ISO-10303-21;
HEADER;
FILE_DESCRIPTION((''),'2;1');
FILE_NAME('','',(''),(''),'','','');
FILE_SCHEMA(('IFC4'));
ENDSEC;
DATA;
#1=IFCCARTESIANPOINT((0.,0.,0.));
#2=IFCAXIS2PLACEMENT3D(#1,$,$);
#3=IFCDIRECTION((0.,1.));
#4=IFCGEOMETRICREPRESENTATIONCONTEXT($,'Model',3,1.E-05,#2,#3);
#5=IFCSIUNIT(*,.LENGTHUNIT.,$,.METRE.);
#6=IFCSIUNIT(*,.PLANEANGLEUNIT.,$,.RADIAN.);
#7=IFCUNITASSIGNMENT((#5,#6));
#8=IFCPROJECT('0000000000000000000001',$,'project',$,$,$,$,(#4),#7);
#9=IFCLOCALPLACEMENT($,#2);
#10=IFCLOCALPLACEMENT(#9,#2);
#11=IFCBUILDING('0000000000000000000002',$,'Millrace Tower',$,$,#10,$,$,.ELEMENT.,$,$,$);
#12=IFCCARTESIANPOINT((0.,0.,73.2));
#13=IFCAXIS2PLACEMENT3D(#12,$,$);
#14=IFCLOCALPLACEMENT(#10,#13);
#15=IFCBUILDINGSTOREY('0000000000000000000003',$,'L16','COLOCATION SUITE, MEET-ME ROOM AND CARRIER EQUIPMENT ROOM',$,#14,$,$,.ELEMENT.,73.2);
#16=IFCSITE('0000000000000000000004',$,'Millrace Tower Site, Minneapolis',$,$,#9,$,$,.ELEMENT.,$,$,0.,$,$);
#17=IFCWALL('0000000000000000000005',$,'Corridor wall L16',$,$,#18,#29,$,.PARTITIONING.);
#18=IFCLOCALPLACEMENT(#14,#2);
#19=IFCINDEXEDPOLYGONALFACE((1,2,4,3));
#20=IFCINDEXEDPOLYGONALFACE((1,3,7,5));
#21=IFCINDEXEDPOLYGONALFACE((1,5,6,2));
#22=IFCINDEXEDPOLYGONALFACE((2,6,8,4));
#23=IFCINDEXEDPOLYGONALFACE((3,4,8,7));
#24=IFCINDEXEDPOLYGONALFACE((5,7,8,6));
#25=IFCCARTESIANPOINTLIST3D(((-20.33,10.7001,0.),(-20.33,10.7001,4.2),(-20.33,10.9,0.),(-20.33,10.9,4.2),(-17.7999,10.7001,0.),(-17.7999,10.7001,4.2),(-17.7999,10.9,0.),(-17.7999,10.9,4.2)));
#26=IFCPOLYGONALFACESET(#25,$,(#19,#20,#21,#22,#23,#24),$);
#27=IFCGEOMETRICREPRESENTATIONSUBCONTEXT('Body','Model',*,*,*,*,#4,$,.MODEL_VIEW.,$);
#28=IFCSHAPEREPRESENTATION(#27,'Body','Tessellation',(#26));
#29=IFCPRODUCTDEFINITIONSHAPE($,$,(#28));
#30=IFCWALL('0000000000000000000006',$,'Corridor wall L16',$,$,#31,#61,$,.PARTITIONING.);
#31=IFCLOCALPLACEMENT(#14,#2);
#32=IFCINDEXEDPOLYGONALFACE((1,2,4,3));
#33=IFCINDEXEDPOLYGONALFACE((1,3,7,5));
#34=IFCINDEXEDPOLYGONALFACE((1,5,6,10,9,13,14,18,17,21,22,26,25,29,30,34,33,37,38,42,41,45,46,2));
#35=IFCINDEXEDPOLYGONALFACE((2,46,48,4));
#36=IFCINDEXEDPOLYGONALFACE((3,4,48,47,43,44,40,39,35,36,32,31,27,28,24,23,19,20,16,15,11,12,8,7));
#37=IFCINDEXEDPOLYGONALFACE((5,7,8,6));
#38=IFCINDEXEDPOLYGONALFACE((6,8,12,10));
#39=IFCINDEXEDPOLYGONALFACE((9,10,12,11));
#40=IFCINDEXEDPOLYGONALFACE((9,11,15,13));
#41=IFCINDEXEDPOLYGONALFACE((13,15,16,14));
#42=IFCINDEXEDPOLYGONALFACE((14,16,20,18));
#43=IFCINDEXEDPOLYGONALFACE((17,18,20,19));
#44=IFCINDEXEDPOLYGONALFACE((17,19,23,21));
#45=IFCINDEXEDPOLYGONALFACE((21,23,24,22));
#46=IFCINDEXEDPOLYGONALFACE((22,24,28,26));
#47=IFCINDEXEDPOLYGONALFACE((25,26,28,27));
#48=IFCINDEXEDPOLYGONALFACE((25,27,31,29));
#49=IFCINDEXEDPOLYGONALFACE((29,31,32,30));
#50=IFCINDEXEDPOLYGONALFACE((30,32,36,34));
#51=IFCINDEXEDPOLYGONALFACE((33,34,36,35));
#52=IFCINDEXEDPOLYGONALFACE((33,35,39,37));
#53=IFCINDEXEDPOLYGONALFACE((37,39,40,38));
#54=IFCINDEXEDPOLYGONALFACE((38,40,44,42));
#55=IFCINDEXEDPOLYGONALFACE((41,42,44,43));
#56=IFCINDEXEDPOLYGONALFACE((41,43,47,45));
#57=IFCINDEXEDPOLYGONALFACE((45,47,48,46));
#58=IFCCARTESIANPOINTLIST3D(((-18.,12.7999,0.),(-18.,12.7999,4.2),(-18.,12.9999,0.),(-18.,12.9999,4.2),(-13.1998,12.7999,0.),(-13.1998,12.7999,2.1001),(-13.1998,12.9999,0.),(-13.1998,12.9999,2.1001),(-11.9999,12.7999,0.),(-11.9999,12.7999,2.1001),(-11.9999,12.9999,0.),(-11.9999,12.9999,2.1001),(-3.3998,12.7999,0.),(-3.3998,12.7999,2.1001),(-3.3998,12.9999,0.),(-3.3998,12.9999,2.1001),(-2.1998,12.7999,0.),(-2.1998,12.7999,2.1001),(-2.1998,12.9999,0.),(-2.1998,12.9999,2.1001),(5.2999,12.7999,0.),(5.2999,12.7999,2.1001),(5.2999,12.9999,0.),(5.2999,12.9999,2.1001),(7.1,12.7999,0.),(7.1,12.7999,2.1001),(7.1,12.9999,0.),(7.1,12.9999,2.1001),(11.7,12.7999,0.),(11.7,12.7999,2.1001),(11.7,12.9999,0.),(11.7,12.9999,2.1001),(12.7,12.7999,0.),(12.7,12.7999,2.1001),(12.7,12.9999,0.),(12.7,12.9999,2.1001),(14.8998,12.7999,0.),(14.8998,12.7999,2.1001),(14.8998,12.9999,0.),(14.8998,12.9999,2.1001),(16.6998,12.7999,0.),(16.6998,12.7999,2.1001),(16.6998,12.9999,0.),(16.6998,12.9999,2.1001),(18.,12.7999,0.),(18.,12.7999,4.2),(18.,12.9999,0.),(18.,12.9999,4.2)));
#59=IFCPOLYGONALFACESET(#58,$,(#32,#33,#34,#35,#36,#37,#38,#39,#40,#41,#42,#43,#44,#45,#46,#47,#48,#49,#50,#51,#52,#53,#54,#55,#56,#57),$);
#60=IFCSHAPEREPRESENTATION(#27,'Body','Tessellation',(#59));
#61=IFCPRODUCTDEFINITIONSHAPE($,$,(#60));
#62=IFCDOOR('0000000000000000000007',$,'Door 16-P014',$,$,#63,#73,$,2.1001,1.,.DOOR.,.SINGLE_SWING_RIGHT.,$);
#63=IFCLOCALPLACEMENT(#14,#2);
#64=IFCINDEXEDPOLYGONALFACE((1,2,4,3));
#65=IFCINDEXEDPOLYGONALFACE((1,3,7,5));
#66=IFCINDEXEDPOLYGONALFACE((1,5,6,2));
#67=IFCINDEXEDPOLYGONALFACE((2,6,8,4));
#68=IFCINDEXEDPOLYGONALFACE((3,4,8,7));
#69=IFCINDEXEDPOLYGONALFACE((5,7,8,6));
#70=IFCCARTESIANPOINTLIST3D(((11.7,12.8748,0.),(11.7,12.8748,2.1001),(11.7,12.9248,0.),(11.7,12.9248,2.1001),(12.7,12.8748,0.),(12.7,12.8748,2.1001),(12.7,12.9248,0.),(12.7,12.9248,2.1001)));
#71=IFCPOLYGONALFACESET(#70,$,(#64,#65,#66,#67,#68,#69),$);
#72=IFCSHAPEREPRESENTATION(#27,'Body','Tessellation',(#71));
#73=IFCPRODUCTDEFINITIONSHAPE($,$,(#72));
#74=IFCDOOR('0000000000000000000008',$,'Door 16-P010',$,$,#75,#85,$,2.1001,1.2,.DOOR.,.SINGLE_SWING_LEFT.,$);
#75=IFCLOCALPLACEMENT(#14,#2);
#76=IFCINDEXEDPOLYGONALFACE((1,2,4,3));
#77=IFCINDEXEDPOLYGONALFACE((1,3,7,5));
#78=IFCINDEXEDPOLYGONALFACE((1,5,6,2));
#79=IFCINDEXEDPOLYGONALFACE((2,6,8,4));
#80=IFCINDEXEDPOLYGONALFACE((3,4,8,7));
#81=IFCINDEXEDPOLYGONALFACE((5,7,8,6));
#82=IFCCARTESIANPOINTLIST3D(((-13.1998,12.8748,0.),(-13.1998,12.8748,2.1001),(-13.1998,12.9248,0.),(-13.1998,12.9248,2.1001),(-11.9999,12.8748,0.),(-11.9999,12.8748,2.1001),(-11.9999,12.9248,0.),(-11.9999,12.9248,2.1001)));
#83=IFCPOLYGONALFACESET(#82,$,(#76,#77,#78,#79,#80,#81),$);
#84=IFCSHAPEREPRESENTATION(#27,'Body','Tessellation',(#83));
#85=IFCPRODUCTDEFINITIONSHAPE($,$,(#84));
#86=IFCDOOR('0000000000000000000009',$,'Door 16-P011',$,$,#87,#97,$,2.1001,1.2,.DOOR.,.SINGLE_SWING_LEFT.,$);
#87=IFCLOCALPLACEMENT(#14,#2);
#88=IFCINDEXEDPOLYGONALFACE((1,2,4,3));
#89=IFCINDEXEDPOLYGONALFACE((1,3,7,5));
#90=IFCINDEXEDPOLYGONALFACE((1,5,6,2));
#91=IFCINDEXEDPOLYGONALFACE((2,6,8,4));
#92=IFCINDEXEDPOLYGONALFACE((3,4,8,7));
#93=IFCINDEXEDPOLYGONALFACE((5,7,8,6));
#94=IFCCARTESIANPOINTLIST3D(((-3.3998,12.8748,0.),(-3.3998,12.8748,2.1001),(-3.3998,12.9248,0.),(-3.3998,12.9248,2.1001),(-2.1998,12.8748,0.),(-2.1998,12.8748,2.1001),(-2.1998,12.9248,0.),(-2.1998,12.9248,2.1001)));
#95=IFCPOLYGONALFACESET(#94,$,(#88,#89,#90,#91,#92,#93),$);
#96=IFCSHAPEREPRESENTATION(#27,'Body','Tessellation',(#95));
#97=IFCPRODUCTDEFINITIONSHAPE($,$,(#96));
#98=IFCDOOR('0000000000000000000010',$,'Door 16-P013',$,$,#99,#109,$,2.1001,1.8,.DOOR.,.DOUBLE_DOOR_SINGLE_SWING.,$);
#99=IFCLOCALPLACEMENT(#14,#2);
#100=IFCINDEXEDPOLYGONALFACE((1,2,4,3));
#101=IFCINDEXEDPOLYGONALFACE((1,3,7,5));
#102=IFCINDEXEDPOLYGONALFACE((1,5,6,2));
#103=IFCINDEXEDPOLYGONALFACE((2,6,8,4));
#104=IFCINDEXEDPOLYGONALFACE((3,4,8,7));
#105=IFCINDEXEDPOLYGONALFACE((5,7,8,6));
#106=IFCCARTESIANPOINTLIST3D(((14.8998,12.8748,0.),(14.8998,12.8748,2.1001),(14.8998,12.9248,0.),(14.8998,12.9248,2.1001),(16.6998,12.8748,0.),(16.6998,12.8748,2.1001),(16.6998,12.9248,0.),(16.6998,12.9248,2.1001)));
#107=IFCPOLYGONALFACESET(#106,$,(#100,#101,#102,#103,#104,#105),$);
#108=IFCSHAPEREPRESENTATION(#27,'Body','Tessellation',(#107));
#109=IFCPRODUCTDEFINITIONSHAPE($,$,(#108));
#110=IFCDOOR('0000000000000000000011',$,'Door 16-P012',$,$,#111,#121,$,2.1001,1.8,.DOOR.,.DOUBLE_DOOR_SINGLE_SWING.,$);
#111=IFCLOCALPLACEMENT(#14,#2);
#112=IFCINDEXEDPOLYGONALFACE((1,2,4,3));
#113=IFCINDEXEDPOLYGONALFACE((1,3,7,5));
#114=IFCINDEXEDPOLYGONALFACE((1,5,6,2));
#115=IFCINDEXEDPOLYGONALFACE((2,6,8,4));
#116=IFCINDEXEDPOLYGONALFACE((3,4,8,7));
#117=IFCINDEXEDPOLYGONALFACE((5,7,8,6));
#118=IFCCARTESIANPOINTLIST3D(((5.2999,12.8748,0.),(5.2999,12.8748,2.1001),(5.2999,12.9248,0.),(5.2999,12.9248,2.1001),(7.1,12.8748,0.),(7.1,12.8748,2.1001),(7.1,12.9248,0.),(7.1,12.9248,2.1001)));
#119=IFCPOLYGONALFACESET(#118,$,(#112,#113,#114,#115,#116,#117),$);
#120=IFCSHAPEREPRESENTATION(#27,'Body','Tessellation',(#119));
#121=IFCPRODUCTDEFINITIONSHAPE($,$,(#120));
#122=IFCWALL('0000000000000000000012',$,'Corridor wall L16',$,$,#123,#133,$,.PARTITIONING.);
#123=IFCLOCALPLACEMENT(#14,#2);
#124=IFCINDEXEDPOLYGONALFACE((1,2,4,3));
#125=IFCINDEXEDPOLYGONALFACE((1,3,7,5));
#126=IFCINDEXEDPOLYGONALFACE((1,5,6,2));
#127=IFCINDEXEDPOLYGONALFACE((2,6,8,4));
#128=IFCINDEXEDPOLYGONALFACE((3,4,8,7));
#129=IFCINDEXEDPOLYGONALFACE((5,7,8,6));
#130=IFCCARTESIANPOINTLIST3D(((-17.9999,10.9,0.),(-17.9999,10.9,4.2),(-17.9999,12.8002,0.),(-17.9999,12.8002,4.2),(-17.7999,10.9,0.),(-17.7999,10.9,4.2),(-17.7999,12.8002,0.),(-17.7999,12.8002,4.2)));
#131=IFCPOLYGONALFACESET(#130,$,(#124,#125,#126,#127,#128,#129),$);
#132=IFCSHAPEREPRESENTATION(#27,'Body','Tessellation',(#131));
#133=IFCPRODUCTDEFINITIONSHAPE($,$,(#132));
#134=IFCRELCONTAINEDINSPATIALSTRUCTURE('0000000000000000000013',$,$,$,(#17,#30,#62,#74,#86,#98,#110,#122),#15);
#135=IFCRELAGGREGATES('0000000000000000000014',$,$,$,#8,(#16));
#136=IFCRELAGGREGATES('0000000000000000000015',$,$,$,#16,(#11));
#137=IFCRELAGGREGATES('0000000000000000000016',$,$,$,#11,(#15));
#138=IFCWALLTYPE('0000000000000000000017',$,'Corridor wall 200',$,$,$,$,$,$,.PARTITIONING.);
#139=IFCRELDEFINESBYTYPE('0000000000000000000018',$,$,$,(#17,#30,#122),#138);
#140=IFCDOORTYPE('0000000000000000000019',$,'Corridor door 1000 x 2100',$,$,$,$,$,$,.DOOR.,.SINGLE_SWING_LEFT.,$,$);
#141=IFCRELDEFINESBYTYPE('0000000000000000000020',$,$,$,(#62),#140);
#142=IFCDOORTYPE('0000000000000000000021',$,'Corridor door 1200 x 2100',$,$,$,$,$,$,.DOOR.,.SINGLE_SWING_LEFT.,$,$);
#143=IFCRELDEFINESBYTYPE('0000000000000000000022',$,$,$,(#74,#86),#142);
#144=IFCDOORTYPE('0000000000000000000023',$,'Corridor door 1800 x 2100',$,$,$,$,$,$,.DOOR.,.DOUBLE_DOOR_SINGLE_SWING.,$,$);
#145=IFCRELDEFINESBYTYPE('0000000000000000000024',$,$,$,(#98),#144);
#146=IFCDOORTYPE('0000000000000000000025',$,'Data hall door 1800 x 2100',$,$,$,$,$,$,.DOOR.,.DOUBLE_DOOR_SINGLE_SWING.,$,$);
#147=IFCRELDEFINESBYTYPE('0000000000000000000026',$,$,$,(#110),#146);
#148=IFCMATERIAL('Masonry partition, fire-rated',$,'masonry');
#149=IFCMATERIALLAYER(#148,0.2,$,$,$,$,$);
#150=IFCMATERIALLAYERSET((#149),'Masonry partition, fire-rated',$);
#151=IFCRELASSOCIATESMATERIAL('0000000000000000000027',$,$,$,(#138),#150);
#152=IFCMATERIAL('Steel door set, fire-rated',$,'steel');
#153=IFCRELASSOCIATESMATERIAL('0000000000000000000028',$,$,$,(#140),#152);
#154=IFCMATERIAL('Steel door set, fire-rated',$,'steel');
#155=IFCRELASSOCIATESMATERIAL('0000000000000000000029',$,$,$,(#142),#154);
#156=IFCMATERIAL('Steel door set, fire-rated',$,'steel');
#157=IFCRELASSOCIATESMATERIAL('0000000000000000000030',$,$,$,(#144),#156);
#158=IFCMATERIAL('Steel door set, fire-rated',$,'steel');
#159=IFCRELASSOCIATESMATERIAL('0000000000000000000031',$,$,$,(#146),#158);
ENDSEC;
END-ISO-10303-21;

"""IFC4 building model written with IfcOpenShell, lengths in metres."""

from ifc_helpers import new_model, si_unit, direction, frame, frame_2d, origin, place, context, subcontext, project, spatial, rectangle, extrude, material, layer, layer_set, type_object, element, fill, save


model = new_model("IFC4")

# Units and contexts
model_context = context("Model", 3, precision=1e-05, world=origin(), true_north=direction((0.0, 1.0)))
body_context = subcontext(model_context, "Body", "Model", "MODEL_VIEW")
ifc_project = project(units=[si_unit("LENGTHUNIT", "METRE"), si_unit("PLANEANGLEUNIT", "RADIAN")], contexts=[model_context])

# Site, building, storey
site_placement = place(None, origin())
site = spatial("IfcSite", under=ifc_project, at=site_placement, Name="Millrace Tower Site, Minneapolis", CompositionType="ELEMENT", RefElevation=0.0)
building_placement = place(site_placement, origin())
building = spatial("IfcBuilding", under=site, at=building_placement, Name="Millrace Tower", CompositionType="ELEMENT")
storey_placement = place(building_placement, frame((0.0, 0.0, 73.2)))
storey = spatial("IfcBuildingStorey", under=building, at=storey_placement, Name="L16", Description="COLOCATION SUITE, MEET-ME ROOM AND CARRIER EQUIPMENT ROOM", CompositionType="ELEMENT", Elevation=73.2)

# Wall
ifc_material_1 = material(Name="Masonry partition, fire-rated", Category="masonry")
ifc_layer_1 = layer(ifc_material_1, 0.2)
ifc_layer_set_1 = layer_set([ifc_layer_1], Name="Masonry partition, fire-rated")
wall_type = type_object("IfcWallType", Name="Corridor wall 200", PredefinedType="PARTITIONING", material=ifc_layer_set_1)
wall_1_placement = place(storey_placement, frame((-20.3301, 10.8, 0.0), z_axis=(0.0, 0.0, 1.0), x_axis=(1.0, 0.0, 0.0)))
element("IfcWall", 1, at=wall_1_placement, inside=storey, type_object=wall_type, Name="Corridor wall L16", PredefinedType="PARTITIONING", context=body_context, shape_type="SweptSolid", body=[
    extrude(rectangle(XDim=2.53, YDim=0.2, at=frame_2d((1.2651, 0.0))), origin(), (0.0, 0.0, 1.0), 4.2),
])

# Wall, openings, doors
wall_2_placement = place(storey_placement, frame((-18.0, 12.8999, 0.0), z_axis=(0.0, 0.0, 1.0), x_axis=(1.0, 0.0, 0.0)))
wall_2 = element("IfcWall", 2, at=wall_2_placement, inside=storey, type_object=wall_type, Name="Corridor wall L16", PredefinedType="PARTITIONING", context=body_context, shape_type="SweptSolid", body=[
    extrude(rectangle(XDim=36.0, YDim=0.2, at=frame_2d((18.0, 0.0))), origin(), (0.0, 0.0, 1.0), 4.2),
])
opening_1_placement = place(wall_2_placement, frame((4.8, 0.0, 0.0)))
opening_1 = element("IfcOpeningElement", 3, at=opening_1_placement, cuts=wall_2, PredefinedType="OPENING", context=body_context, shape_type="SweptSolid", body=[
    extrude(rectangle(XDim=1.2, YDim=2.1001, at=frame_2d((0.6001, 1.05))), frame((0.0, 0.1099, 0.0), z_axis=(0.0, -1.0, 0.0), x_axis=(1.0, 0.0, 0.0)), (0.0, 0.0, 1.0), 0.22),
])
opening_2_placement = place(wall_2_placement, frame((14.6001, 0.0, 0.0)))
opening_2 = element("IfcOpeningElement", 4, at=opening_2_placement, cuts=wall_2, PredefinedType="OPENING", context=body_context, shape_type="SweptSolid", body=[
    extrude(rectangle(XDim=1.2, YDim=2.1001, at=frame_2d((0.6001, 1.05))), frame((0.0, 0.1099, 0.0), z_axis=(0.0, -1.0, 0.0), x_axis=(1.0, 0.0, 0.0)), (0.0, 0.0, 1.0), 0.22),
])
opening_3_placement = place(wall_2_placement, frame((23.3, 0.0, 0.0)))
opening_3 = element("IfcOpeningElement", 5, at=opening_3_placement, cuts=wall_2, PredefinedType="OPENING", context=body_context, shape_type="SweptSolid", body=[
    extrude(rectangle(XDim=1.8, YDim=2.1001, at=frame_2d((0.8999, 1.05))), frame((0.0, 0.1099, 0.0), z_axis=(0.0, -1.0, 0.0), x_axis=(1.0, 0.0, 0.0)), (0.0, 0.0, 1.0), 0.22),
])
opening_4_placement = place(wall_2_placement, frame((32.8999, 0.0, 0.0)))
opening_4 = element("IfcOpeningElement", 6, at=opening_4_placement, cuts=wall_2, PredefinedType="OPENING", context=body_context, shape_type="SweptSolid", body=[
    extrude(rectangle(XDim=1.8, YDim=2.1001, at=frame_2d((0.8999, 1.05))), frame((0.0, 0.1099, 0.0), z_axis=(0.0, -1.0, 0.0), x_axis=(1.0, 0.0, 0.0)), (0.0, 0.0, 1.0), 0.22),
])
opening_5_placement = place(wall_2_placement, frame((29.7, 0.0, 0.0)))
opening_5 = element("IfcOpeningElement", 7, at=opening_5_placement, cuts=wall_2, PredefinedType="OPENING", context=body_context, shape_type="SweptSolid", body=[
    extrude(rectangle(XDim=1.0, YDim=2.1001, at=frame_2d((0.5, 1.05))), frame((0.0, 0.1099, 0.0), z_axis=(0.0, -1.0, 0.0), x_axis=(1.0, 0.0, 0.0)), (0.0, 0.0, 1.0), 0.22),
])
ifc_material_2 = material(Name="Steel door set, fire-rated", Category="steel")
door_type_1 = type_object("IfcDoorType", Name="Corridor door 1000 x 2100", OperationType="SINGLE_SWING_LEFT", PredefinedType="DOOR", material=ifc_material_2)
door_1_placement = place(opening_5_placement, origin())
door_1 = element("IfcDoor", 8, at=door_1_placement, inside=storey, type_object=door_type_1, Name="Door 16-P014", OperationType="SINGLE_SWING_RIGHT", OverallHeight=2.1001, OverallWidth=1.0, PredefinedType="DOOR", context=body_context, shape_type="SweptSolid", body=[
    extrude(rectangle(XDim=1.0, YDim=2.1001, at=frame_2d((0.5, 1.05))), frame((0.0, 0.0249, 0.0), z_axis=(0.0, -1.0, 0.0), x_axis=(1.0, 0.0, 0.0)), (0.0, 0.0, 1.0), 0.05),
])
fill(opening_5, door_1)
ifc_material_3 = material(Name="Steel door set, fire-rated", Category="steel")
door_type_2 = type_object("IfcDoorType", Name="Corridor door 1200 x 2100", OperationType="SINGLE_SWING_LEFT", PredefinedType="DOOR", material=ifc_material_3)
door_2_placement = place(opening_1_placement, origin())
door_2 = element("IfcDoor", 9, at=door_2_placement, inside=storey, type_object=door_type_2, Name="Door 16-P010", OperationType="SINGLE_SWING_LEFT", OverallHeight=2.1001, OverallWidth=1.2, PredefinedType="DOOR", context=body_context, shape_type="SweptSolid", body=[
    extrude(rectangle(XDim=1.2, YDim=2.1001, at=frame_2d((0.6001, 1.05))), frame((0.0, 0.0249, 0.0), z_axis=(0.0, -1.0, 0.0), x_axis=(1.0, 0.0, 0.0)), (0.0, 0.0, 1.0), 0.05),
])
fill(opening_1, door_2)
door_3_placement = place(opening_2_placement, origin())
door_3 = element("IfcDoor", 10, at=door_3_placement, inside=storey, type_object=door_type_2, Name="Door 16-P011", OperationType="SINGLE_SWING_LEFT", OverallHeight=2.1001, OverallWidth=1.2, PredefinedType="DOOR", context=body_context, shape_type="SweptSolid", body=[
    extrude(rectangle(XDim=1.2, YDim=2.1001, at=frame_2d((0.6001, 1.05))), frame((0.0, 0.0249, 0.0), z_axis=(0.0, -1.0, 0.0), x_axis=(1.0, 0.0, 0.0)), (0.0, 0.0, 1.0), 0.05),
])
fill(opening_2, door_3)
ifc_material_4 = material(Name="Steel door set, fire-rated", Category="steel")
door_type_3 = type_object("IfcDoorType", Name="Corridor door 1800 x 2100", OperationType="DOUBLE_DOOR_SINGLE_SWING", PredefinedType="DOOR", material=ifc_material_4)
door_4_placement = place(opening_4_placement, origin())
door_4 = element("IfcDoor", 11, at=door_4_placement, inside=storey, type_object=door_type_3, Name="Door 16-P013", OperationType="DOUBLE_DOOR_SINGLE_SWING", OverallHeight=2.1001, OverallWidth=1.8, PredefinedType="DOOR", context=body_context, shape_type="SweptSolid", body=[
    extrude(rectangle(XDim=1.8, YDim=2.1001, at=frame_2d((0.8999, 1.05))), frame((0.0, 0.0249, 0.0), z_axis=(0.0, -1.0, 0.0), x_axis=(1.0, 0.0, 0.0)), (0.0, 0.0, 1.0), 0.05),
])
fill(opening_4, door_4)
ifc_material_5 = material(Name="Steel door set, fire-rated", Category="steel")
door_type_4 = type_object("IfcDoorType", Name="Data hall door 1800 x 2100", OperationType="DOUBLE_DOOR_SINGLE_SWING", PredefinedType="DOOR", material=ifc_material_5)
door_5_placement = place(opening_3_placement, origin())
door_5 = element("IfcDoor", 12, at=door_5_placement, inside=storey, type_object=door_type_4, Name="Door 16-P012", OperationType="DOUBLE_DOOR_SINGLE_SWING", OverallHeight=2.1001, OverallWidth=1.8, PredefinedType="DOOR", context=body_context, shape_type="SweptSolid", body=[
    extrude(rectangle(XDim=1.8, YDim=2.1001, at=frame_2d((0.8999, 1.05))), frame((0.0, 0.0249, 0.0), z_axis=(0.0, -1.0, 0.0), x_axis=(1.0, 0.0, 0.0)), (0.0, 0.0, 1.0), 0.05),
])
fill(opening_3, door_5)

# Wall
wall_3_placement = place(storey_placement, frame((-17.8999, 10.8999, 0.0), z_axis=(0.0, 0.0, 1.0), x_axis=(0.0, 1.0, 0.0)))
element("IfcWall", 13, at=wall_3_placement, inside=storey, type_object=wall_type, Name="Corridor wall L16", PredefinedType="PARTITIONING", context=body_context, shape_type="SweptSolid", body=[
    extrude(rectangle(XDim=1.9001, YDim=0.2, at=frame_2d((0.9502, 0.0))), origin(), (0.0, 0.0, 1.0), 4.2),
])

save(model, "model.ifc")
